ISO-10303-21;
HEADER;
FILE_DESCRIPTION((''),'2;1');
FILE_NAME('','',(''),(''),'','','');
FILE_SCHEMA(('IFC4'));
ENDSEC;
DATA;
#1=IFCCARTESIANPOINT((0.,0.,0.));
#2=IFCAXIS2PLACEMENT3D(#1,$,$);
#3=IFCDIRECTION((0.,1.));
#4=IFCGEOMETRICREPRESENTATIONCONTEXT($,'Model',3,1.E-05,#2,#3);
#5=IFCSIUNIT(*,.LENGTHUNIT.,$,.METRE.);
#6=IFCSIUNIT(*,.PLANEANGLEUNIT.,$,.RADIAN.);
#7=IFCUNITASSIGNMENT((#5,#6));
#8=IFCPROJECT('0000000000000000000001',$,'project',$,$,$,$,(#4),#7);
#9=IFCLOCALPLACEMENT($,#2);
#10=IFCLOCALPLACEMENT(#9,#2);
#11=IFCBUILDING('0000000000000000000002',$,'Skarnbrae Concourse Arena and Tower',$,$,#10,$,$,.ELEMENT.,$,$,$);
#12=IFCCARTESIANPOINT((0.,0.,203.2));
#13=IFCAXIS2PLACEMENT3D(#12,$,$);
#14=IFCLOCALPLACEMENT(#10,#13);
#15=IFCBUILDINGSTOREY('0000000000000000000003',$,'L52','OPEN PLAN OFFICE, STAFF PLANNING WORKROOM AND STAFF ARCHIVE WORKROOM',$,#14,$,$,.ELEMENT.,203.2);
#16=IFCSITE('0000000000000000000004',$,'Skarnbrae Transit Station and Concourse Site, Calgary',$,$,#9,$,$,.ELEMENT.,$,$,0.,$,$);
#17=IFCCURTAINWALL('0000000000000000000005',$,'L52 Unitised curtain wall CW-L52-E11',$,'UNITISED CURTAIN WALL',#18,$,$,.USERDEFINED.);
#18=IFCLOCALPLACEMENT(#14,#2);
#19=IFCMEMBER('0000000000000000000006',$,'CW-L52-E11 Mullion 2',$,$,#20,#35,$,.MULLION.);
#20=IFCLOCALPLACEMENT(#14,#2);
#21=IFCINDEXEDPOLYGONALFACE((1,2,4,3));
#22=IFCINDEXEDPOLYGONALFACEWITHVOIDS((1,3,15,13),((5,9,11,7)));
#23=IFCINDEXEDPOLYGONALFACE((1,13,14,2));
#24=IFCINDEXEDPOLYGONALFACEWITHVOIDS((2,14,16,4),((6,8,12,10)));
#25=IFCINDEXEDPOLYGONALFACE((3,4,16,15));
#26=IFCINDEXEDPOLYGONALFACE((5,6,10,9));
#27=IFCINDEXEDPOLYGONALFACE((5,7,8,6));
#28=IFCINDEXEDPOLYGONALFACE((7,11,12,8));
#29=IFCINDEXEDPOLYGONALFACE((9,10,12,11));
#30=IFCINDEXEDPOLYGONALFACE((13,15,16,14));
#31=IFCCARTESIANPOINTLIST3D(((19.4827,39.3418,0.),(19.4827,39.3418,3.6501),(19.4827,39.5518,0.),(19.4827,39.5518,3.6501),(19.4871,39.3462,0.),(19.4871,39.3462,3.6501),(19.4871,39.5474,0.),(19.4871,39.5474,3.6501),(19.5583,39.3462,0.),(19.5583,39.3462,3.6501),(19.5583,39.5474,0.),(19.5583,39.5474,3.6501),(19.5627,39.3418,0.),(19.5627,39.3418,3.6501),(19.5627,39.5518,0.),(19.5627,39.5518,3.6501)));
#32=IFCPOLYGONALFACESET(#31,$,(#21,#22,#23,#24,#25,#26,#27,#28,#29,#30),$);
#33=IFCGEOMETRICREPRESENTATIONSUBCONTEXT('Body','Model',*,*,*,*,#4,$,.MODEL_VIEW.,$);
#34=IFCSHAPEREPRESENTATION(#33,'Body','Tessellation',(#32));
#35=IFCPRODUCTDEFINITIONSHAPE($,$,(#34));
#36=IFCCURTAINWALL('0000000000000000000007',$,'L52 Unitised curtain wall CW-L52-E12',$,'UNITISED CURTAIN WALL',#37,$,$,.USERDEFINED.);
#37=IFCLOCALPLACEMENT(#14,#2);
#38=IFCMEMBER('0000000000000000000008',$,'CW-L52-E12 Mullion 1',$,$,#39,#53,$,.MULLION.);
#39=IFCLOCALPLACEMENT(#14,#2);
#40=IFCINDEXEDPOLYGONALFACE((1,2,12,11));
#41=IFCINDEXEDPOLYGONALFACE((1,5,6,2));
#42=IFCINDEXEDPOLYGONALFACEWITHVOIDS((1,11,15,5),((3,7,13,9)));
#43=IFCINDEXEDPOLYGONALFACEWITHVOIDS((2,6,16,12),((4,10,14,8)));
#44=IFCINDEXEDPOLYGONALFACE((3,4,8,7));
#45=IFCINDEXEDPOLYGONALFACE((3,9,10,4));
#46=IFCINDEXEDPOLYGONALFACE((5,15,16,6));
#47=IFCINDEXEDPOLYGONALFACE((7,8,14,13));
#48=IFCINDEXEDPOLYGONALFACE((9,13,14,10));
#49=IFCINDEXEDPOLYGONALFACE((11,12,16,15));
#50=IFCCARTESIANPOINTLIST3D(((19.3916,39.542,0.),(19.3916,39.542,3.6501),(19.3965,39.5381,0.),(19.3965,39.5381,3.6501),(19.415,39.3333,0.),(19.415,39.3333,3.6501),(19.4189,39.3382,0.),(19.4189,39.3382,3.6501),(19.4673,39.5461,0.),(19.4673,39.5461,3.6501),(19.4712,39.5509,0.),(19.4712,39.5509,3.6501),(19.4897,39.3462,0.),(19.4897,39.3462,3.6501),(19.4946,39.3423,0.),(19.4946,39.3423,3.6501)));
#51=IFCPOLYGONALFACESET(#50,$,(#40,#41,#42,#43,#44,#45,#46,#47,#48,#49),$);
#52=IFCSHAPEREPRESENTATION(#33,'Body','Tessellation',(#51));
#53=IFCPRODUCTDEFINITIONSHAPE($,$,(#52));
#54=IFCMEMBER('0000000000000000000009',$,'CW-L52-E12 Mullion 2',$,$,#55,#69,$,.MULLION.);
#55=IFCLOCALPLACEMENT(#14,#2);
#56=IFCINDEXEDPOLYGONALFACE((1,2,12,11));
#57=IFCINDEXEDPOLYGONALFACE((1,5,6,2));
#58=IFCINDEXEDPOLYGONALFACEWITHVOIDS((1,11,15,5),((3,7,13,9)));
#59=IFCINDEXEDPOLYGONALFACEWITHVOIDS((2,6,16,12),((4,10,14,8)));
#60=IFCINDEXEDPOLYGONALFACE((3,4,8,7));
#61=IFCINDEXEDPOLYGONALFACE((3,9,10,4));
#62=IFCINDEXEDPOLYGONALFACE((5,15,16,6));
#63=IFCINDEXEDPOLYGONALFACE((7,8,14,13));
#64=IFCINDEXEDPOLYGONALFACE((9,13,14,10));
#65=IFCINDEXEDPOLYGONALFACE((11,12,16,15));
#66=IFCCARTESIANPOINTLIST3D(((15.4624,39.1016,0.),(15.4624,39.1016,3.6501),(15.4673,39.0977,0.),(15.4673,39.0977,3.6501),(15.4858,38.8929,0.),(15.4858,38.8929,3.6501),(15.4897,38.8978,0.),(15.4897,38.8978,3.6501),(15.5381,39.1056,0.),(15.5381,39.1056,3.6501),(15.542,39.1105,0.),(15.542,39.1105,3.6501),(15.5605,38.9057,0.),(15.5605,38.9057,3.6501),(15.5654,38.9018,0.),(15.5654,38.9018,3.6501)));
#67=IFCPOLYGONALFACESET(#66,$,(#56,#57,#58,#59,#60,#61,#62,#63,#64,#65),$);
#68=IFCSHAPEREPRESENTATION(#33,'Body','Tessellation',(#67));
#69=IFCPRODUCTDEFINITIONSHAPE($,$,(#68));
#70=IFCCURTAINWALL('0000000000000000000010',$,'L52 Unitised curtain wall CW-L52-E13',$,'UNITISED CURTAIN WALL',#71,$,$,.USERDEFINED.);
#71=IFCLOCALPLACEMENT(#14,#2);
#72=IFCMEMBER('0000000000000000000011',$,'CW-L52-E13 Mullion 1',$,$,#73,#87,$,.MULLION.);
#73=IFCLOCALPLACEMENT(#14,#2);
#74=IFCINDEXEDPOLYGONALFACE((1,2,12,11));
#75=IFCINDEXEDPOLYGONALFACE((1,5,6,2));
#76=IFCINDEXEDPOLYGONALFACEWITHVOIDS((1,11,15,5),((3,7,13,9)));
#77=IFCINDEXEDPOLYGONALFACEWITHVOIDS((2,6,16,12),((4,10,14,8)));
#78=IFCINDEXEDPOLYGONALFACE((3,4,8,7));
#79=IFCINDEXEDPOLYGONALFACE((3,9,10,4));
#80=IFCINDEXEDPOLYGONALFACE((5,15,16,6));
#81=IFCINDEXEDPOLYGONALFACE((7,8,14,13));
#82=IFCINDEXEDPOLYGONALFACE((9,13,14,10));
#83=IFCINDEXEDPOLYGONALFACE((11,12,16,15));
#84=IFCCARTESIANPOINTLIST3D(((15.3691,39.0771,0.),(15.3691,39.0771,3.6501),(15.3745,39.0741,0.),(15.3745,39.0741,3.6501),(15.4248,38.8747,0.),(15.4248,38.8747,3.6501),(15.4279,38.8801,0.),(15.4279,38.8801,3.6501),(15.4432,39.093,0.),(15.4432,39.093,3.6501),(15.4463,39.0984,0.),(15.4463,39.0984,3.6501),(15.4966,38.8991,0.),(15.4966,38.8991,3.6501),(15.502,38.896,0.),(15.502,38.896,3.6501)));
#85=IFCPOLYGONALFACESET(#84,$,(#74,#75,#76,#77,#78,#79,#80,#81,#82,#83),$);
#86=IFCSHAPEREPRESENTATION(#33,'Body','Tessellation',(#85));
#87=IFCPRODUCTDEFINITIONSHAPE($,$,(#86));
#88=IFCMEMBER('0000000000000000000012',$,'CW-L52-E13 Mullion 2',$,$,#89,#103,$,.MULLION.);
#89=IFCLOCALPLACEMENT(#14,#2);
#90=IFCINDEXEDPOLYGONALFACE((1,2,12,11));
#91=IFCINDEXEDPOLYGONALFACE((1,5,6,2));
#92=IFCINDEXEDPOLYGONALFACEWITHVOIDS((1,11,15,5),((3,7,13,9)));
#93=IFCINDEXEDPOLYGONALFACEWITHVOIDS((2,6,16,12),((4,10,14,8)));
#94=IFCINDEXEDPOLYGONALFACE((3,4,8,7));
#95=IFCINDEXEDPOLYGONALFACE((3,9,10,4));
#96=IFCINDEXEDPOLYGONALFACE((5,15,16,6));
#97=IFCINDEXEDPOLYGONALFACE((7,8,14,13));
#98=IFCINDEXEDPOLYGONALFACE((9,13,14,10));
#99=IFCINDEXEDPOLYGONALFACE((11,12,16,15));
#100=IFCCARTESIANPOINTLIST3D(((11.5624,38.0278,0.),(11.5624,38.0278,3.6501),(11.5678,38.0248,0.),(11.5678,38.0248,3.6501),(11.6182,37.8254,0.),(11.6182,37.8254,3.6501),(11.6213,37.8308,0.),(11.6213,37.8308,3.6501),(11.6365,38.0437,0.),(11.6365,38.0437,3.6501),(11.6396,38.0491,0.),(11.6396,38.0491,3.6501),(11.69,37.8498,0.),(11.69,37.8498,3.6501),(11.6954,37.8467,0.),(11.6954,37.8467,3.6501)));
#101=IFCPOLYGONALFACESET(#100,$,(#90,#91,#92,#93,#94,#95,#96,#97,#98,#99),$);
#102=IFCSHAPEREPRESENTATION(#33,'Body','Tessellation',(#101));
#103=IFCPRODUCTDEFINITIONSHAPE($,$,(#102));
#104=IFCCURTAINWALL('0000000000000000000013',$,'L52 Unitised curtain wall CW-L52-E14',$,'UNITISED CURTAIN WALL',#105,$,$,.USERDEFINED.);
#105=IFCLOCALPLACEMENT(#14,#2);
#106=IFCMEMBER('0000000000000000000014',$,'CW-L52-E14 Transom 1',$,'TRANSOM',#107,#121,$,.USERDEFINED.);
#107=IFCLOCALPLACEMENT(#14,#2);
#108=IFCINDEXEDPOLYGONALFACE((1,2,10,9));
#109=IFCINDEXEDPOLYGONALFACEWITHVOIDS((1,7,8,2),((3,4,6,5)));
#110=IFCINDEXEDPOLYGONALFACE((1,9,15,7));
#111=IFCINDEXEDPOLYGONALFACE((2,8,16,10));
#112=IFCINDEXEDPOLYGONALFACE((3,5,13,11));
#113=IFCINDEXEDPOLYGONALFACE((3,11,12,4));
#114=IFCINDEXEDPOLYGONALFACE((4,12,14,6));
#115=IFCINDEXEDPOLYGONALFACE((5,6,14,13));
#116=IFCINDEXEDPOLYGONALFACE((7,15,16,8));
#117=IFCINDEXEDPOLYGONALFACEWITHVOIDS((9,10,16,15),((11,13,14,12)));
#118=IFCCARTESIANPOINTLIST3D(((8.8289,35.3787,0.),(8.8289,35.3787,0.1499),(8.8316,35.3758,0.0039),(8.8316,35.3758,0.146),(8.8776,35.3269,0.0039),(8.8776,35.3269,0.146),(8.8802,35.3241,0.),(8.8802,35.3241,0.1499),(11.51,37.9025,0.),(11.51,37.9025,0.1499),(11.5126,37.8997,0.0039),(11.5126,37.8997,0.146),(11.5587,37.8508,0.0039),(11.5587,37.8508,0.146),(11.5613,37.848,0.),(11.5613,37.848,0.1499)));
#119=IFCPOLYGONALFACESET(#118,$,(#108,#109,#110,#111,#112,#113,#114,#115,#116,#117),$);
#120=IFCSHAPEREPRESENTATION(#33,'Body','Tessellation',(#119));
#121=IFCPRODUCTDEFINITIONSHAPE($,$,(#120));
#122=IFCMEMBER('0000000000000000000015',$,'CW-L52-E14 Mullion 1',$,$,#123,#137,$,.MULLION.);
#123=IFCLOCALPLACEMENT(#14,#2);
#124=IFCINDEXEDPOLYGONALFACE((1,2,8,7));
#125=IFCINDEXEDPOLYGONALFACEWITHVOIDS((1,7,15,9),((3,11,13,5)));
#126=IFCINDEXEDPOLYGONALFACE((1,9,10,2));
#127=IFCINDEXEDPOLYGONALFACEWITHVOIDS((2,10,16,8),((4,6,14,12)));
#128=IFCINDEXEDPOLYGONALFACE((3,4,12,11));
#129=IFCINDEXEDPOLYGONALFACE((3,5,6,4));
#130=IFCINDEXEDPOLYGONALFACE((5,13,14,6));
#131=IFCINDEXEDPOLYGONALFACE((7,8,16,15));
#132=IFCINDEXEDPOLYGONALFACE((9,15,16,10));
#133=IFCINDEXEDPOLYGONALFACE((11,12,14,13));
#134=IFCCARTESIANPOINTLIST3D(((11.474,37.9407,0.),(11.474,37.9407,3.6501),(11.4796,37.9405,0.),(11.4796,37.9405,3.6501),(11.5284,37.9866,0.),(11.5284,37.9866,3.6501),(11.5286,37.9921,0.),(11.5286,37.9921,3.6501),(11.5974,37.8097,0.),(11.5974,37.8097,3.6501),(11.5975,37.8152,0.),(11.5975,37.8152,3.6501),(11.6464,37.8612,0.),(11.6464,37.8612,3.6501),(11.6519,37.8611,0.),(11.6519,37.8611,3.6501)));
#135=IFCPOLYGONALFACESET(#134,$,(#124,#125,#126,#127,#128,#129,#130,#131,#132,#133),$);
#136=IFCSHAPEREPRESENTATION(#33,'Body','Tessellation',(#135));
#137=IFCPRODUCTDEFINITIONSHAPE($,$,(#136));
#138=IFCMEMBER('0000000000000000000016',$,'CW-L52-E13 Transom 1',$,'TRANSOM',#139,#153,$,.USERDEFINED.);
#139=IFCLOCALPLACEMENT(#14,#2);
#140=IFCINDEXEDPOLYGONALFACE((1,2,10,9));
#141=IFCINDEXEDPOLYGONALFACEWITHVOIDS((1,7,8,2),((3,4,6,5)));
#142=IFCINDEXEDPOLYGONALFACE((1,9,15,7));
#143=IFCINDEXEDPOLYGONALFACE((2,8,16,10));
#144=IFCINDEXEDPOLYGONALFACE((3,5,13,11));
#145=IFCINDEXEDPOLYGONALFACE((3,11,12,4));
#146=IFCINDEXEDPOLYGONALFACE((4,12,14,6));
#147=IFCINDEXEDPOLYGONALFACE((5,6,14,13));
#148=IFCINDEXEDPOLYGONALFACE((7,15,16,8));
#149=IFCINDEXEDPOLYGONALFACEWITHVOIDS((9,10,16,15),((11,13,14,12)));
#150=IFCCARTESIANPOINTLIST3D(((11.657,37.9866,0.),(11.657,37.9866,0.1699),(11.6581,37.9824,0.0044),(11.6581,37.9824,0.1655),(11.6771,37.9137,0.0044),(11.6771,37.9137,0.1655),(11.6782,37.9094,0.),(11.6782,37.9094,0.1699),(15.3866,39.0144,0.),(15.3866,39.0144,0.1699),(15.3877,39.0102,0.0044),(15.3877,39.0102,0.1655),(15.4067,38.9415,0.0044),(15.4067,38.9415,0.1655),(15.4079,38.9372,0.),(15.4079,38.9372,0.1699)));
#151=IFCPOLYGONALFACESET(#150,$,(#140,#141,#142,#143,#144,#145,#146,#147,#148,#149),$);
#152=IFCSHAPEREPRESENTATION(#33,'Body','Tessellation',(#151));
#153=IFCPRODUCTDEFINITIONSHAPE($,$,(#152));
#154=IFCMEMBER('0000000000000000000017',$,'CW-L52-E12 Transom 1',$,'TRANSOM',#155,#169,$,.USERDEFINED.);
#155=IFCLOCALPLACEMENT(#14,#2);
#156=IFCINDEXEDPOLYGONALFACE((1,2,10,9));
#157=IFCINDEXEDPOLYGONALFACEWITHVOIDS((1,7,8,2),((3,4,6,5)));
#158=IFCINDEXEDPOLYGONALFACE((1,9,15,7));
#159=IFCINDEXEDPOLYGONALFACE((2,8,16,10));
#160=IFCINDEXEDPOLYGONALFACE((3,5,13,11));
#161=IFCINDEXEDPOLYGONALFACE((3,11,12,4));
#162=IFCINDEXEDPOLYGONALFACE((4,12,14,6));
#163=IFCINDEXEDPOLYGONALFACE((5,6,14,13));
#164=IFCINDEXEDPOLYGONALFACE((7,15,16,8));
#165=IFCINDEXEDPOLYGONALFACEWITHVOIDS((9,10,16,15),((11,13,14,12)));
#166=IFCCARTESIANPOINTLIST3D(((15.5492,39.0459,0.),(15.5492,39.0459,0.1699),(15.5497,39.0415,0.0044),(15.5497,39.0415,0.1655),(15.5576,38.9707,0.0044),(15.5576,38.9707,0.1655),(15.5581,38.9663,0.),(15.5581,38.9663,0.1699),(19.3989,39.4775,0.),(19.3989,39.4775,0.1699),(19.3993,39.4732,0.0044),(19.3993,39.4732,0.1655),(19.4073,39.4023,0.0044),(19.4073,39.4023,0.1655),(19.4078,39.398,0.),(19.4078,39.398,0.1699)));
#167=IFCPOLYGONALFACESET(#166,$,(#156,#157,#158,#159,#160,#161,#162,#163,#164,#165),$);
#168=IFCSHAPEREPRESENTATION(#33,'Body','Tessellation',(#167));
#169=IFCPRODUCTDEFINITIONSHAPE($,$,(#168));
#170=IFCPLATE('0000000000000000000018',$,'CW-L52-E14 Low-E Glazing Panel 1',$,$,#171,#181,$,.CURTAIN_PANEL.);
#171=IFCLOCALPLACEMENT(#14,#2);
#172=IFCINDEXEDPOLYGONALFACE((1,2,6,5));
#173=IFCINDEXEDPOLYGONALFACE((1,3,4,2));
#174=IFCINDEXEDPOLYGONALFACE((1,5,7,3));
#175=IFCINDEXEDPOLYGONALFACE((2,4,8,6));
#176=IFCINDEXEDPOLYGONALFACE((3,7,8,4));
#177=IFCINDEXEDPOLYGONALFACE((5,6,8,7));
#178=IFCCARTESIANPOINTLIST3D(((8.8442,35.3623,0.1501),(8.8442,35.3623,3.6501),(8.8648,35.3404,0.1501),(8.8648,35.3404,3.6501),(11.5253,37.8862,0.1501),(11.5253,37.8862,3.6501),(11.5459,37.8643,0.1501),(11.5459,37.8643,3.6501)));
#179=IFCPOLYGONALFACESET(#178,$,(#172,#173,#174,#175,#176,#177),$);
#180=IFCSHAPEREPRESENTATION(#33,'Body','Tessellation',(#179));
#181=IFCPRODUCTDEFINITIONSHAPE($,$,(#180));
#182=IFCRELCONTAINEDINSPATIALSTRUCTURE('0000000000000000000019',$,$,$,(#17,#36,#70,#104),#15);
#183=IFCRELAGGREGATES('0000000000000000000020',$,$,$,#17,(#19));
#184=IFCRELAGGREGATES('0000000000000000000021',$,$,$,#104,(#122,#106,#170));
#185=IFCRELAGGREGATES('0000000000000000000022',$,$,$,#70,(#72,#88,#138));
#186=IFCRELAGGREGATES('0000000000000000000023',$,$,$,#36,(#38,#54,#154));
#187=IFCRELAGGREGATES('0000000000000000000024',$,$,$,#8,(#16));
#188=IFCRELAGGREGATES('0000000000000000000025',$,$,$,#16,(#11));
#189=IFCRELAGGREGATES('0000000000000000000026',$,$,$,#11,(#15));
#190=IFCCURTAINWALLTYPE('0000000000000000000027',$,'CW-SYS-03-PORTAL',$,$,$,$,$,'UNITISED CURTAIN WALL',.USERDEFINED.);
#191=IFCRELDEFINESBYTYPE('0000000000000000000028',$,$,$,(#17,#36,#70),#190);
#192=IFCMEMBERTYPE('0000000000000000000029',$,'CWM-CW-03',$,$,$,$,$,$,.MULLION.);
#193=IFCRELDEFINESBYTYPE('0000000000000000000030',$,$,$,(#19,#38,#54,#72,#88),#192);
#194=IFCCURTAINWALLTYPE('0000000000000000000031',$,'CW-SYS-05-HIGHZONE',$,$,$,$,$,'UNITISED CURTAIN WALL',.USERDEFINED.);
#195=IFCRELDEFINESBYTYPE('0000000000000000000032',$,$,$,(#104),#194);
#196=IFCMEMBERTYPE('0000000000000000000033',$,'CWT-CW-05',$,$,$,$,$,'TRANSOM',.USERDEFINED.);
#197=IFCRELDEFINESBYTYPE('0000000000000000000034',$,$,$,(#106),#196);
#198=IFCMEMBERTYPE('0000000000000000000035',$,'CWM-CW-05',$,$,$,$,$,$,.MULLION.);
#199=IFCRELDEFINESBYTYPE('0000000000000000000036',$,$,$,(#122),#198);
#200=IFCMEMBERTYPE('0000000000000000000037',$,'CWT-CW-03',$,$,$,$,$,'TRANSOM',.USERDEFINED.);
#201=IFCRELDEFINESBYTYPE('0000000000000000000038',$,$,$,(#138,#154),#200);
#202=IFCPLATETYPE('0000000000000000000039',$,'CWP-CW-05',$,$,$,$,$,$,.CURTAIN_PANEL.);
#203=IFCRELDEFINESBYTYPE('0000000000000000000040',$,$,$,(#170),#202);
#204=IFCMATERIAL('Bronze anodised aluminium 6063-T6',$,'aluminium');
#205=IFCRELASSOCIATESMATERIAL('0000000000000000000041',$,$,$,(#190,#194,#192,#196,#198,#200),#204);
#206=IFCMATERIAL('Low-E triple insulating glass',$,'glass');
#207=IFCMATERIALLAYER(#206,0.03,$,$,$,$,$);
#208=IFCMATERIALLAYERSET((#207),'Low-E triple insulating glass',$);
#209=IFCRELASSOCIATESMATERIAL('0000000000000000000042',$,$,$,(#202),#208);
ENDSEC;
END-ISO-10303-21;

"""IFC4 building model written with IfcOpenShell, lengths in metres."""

from ifc_helpers import new_model, si_unit, direction, frame, origin, origin_2d, place, context, subcontext, project, spatial, rectangle, hollow_rectangle, extrude, source, transform, mapped, material, layer, layer_set, material_profile, profile_set, type_object, element, aggregate, save


model = new_model("IFC4")

# Units and contexts
model_context = context("Model", 3, precision=1e-05, world=origin(), true_north=direction((0.0, 1.0)))
body_context = subcontext(model_context, "Body", "Model", "MODEL_VIEW")
ifc_project = project(units=[si_unit("LENGTHUNIT", "METRE"), si_unit("PLANEANGLEUNIT", "RADIAN")], contexts=[model_context])

# Site, building, storey
site_placement = place(None, origin())
site = spatial("IfcSite", under=ifc_project, at=site_placement, Name="Skarnbrae Transit Station and Concourse Site, Calgary", CompositionType="ELEMENT", RefElevation=0.0)
building_placement = place(site_placement, origin())
building = spatial("IfcBuilding", under=site, at=building_placement, Name="Skarnbrae Concourse Arena and Tower", CompositionType="ELEMENT")
storey_placement = place(building_placement, frame((0.0, 0.0, 203.2)))
storey = spatial("IfcBuildingStorey", under=building, at=storey_placement, Name="L52", Description="OPEN PLAN OFFICE, STAFF PLANNING WORKROOM AND STAFF ARCHIVE WORKROOM", CompositionType="ELEMENT", Elevation=203.2)

# Curtain wall, member
ifc_material_1 = material(Name="Bronze anodised aluminium 6063-T6", Category="aluminium")
curtain_wall_type_1 = type_object("IfcCurtainWallType", Name="CW-SYS-03-PORTAL", ElementType="UNITISED CURTAIN WALL", PredefinedType="USERDEFINED", material=ifc_material_1)
curtain_wall_1_placement = place(storey_placement, origin())
curtain_wall_1 = element("IfcCurtainWall", 1, at=curtain_wall_1_placement, inside=storey, type_object=curtain_wall_type_1, Name="L52 Unitised curtain wall CW-L52-E11", ObjectType="UNITISED CURTAIN WALL", PredefinedType="USERDEFINED")
ifc_material_profile_1 = material_profile(ifc_material_1, hollow_rectangle(XDim=0.0801, YDim=0.21, WallThickness=0.0044, at=origin_2d()), Name="ALU-MULL-80X210")
ifc_profile_set_1 = profile_set([ifc_material_profile_1], Name="Bronze anodised aluminium 6063-T6")
member_type_1 = type_object("IfcMemberType", Name="CWM-CW-03", PredefinedType="MULLION", material=ifc_profile_set_1)
shared_shape_1 = source(origin(), body_context, "Body", "SweptSolid", [
    extrude(hollow_rectangle(XDim=0.0801, YDim=0.21, WallThickness=0.0044, at=origin_2d()), origin(), (0.0, 0.0, 1.0), 3.6501),
])
member_1_placement = place(storey_placement, frame((19.5227, 39.4468, 0.0), z_axis=(0.0, 0.0, 1.0), x_axis=(-1.0, 0.0, 0.0)))
member_1 = element("IfcMember", 2, at=member_1_placement, type_object=member_type_1, Name="CW-L52-E11 Mullion 2", PredefinedType="MULLION", context=body_context, shape_type="MappedRepresentation", body=[
    mapped(shared_shape_1, transform((0.0, 0.0, 0.0))),
])
aggregate(curtain_wall_1, [member_1])

# Curtain walls, members
curtain_wall_2_placement = place(storey_placement, origin())
curtain_wall_2 = element("IfcCurtainWall", 3, at=curtain_wall_2_placement, inside=storey, type_object=curtain_wall_type_1, Name="L52 Unitised curtain wall CW-L52-E12", ObjectType="UNITISED CURTAIN WALL", PredefinedType="USERDEFINED")
member_2_placement = place(storey_placement, frame((19.4431, 39.4421, 0.0), z_axis=(0.0, 0.0, 1.0), x_axis=(-0.993769, -0.11146, 0.0)))
member_2 = element("IfcMember", 4, at=member_2_placement, type_object=member_type_1, Name="CW-L52-E12 Mullion 1", PredefinedType="MULLION", context=body_context, shape_type="MappedRepresentation", body=[
    mapped(shared_shape_1, transform((0.0, 0.0, 0.0))),
])
member_3_placement = place(storey_placement, frame((15.5139, 39.0017, 0.0), z_axis=(0.0, 0.0, 1.0), x_axis=(-0.993769, -0.11146, 0.0)))
member_3 = element("IfcMember", 5, at=member_3_placement, type_object=member_type_1, Name="CW-L52-E12 Mullion 2", PredefinedType="MULLION", context=body_context, shape_type="MappedRepresentation", body=[
    mapped(shared_shape_1, transform((0.0, 0.0, 0.0))),
])
curtain_wall_3_placement = place(storey_placement, origin())
curtain_wall_3 = element("IfcCurtainWall", 6, at=curtain_wall_3_placement, inside=storey, type_object=curtain_wall_type_1, Name="L52 Unitised curtain wall CW-L52-E13", ObjectType="UNITISED CURTAIN WALL", PredefinedType="USERDEFINED")
member_4_placement = place(storey_placement, frame((15.4355, 38.9866, 0.0), z_axis=(0.0, 0.0, 1.0), x_axis=(-0.964057, -0.265694, 0.0)))
member_4 = element("IfcMember", 7, at=member_4_placement, type_object=member_type_1, Name="CW-L52-E13 Mullion 1", PredefinedType="MULLION", context=body_context, shape_type="MappedRepresentation", body=[
    mapped(shared_shape_1, transform((0.0, 0.0, 0.0))),
])
member_5_placement = place(storey_placement, frame((11.6289, 37.9373, 0.0), z_axis=(0.0, 0.0, 1.0), x_axis=(-0.964057, -0.265694, 0.0)))
member_5 = element("IfcMember", 8, at=member_5_placement, type_object=member_type_1, Name="CW-L52-E13 Mullion 2", PredefinedType="MULLION", context=body_context, shape_type="MappedRepresentation", body=[
    mapped(shared_shape_1, transform((0.0, 0.0, 0.0))),
])
curtain_wall_type_2 = type_object("IfcCurtainWallType", Name="CW-SYS-05-HIGHZONE", ElementType="UNITISED CURTAIN WALL", PredefinedType="USERDEFINED", material=ifc_material_1)
curtain_wall_4_placement = place(storey_placement, origin())
curtain_wall_4 = element("IfcCurtainWall", 9, at=curtain_wall_4_placement, inside=storey, type_object=curtain_wall_type_2, Name="L52 Unitised curtain wall CW-L52-E14", ObjectType="UNITISED CURTAIN WALL", PredefinedType="USERDEFINED")
ifc_material_profile_2 = material_profile(ifc_material_1, hollow_rectangle(XDim=0.075, YDim=0.1499, WallThickness=0.0039, at=origin_2d()), Name="ALU-TRAN-75X150")
ifc_profile_set_2 = profile_set([ifc_material_profile_2], Name="Bronze anodised aluminium 6063-T6")
member_type_2 = type_object("IfcMemberType", Name="CWT-CW-05", ElementType="TRANSOM", PredefinedType="USERDEFINED", material=ifc_profile_set_2)
shared_shape_2 = source(origin(), body_context, "Body", "SweptSolid", [
    extrude(hollow_rectangle(XDim=0.075, YDim=0.1499, WallThickness=0.0039, at=origin_2d()), origin(), (0.0, 0.0, 1.0), 3.6821),
])
member_6_placement = place(storey_placement, frame((11.5356, 37.8752, 0.075), z_axis=(-0.728134, -0.685435, 0.0), x_axis=(0.685435, -0.728134, 0.0)))
member_6 = element("IfcMember", 10, at=member_6_placement, type_object=member_type_2, Name="CW-L52-E14 Transom 1", ObjectType="TRANSOM", PredefinedType="USERDEFINED", context=body_context, shape_type="MappedRepresentation", body=[
    mapped(shared_shape_2, transform((0.0, 0.0, 0.0))),
])
ifc_material_profile_3 = material_profile(ifc_material_1, hollow_rectangle(XDim=0.075, YDim=0.1799, WallThickness=0.0039, at=origin_2d()), Name="ALU-MULL-75X180")
ifc_profile_set_3 = profile_set([ifc_material_profile_3], Name="Bronze anodised aluminium 6063-T6")
member_type_3 = type_object("IfcMemberType", Name="CWM-CW-05", PredefinedType="MULLION", material=ifc_profile_set_3)
shared_shape_3 = source(origin(), body_context, "Body", "SweptSolid", [
    extrude(hollow_rectangle(XDim=0.075, YDim=0.1799, WallThickness=0.0039, at=origin_2d()), origin(), (0.0, 0.0, 1.0), 3.6501),
])
member_7_placement = place(storey_placement, frame((11.563, 37.9009, 0.0), z_axis=(0.0, 0.0, 1.0), x_axis=(-0.728131, -0.685438, 0.0)))
member_7 = element("IfcMember", 11, at=member_7_placement, type_object=member_type_3, Name="CW-L52-E14 Mullion 1", PredefinedType="MULLION", context=body_context, shape_type="MappedRepresentation", body=[
    mapped(shared_shape_3, transform((0.0, 0.0, 0.0))),
])

# Members
ifc_material_profile_4 = material_profile(ifc_material_1, hollow_rectangle(XDim=0.0801, YDim=0.1699, WallThickness=0.0044, at=origin_2d()), Name="ALU-TRAN-80X170")
ifc_profile_set_4 = profile_set([ifc_material_profile_4], Name="Bronze anodised aluminium 6063-T6")
member_type_4 = type_object("IfcMemberType", Name="CWT-CW-03", ElementType="TRANSOM", PredefinedType="USERDEFINED", material=ifc_profile_set_4)
shared_shape_4 = source(origin(), body_context, "Body", "SweptSolid", [
    extrude(hollow_rectangle(XDim=0.0801, YDim=0.1699, WallThickness=0.0044, at=origin_2d()), origin(), (0.0, 0.0, 1.0), 3.8687),
])
member_8_placement = place(storey_placement, frame((15.3972, 38.9758, 0.085), z_axis=(-0.964063, -0.265674, 0.0), x_axis=(0.265674, -0.964063, 0.0)))
member_8 = element("IfcMember", 12, at=member_8_placement, type_object=member_type_4, Name="CW-L52-E13 Transom 1", ObjectType="TRANSOM", PredefinedType="USERDEFINED", context=body_context, shape_type="MappedRepresentation", body=[
    mapped(shared_shape_4, transform((0.0, 0.0, 0.0))),
])
shared_shape_5 = source(origin(), body_context, "Body", "SweptSolid", [
    extrude(hollow_rectangle(XDim=0.0801, YDim=0.1699, WallThickness=0.0044, at=origin_2d()), origin(), (0.0, 0.0, 1.0), 3.8738),
])
member_9_placement = place(storey_placement, frame((19.4033, 39.4377, 0.085), z_axis=(-0.993773, -0.111428, 0.0), x_axis=(0.111428, -0.993773, 0.0)))
member_9 = element("IfcMember", 13, at=member_9_placement, type_object=member_type_4, Name="CW-L52-E12 Transom 1", ObjectType="TRANSOM", PredefinedType="USERDEFINED", context=body_context, shape_type="MappedRepresentation", body=[
    mapped(shared_shape_5, transform((0.0, 0.0, 0.0))),
])

# Plate
ifc_material_2 = material(Name="Low-E triple insulating glass", Category="glass")
ifc_layer_1 = layer(ifc_material_2, 0.03)
ifc_layer_set_1 = layer_set([ifc_layer_1], Name="Low-E triple insulating glass")
plate_type_1 = type_object("IfcPlateType", Name="CWP-CW-05", PredefinedType="CURTAIN_PANEL", material=ifc_layer_set_1)
shared_shape_6 = source(origin(), body_context, "Body", "SweptSolid", [
    extrude(rectangle(XDim=3.6821, YDim=0.03, at=origin_2d()), origin(), (0.0, 0.0, 1.0), 3.5),
])
plate_1_placement = place(storey_placement, frame((10.1951, 36.6133, 0.1501), z_axis=(0.0, 0.0, 1.0), x_axis=(-0.728131, -0.685438, 0.0)))
plate_1 = element("IfcPlate", 14, at=plate_1_placement, type_object=plate_type_1, Name="CW-L52-E14 Low-E Glazing Panel 1", PredefinedType="CURTAIN_PANEL", context=body_context, shape_type="MappedRepresentation", body=[
    mapped(shared_shape_6, transform((0.0, 0.0, 0.0))),
])
aggregate(curtain_wall_4, [member_7, member_6, plate_1])
aggregate(curtain_wall_3, [member_4, member_5, member_8])
aggregate(curtain_wall_2, [member_2, member_3, member_9])

save(model, "model.ifc")
